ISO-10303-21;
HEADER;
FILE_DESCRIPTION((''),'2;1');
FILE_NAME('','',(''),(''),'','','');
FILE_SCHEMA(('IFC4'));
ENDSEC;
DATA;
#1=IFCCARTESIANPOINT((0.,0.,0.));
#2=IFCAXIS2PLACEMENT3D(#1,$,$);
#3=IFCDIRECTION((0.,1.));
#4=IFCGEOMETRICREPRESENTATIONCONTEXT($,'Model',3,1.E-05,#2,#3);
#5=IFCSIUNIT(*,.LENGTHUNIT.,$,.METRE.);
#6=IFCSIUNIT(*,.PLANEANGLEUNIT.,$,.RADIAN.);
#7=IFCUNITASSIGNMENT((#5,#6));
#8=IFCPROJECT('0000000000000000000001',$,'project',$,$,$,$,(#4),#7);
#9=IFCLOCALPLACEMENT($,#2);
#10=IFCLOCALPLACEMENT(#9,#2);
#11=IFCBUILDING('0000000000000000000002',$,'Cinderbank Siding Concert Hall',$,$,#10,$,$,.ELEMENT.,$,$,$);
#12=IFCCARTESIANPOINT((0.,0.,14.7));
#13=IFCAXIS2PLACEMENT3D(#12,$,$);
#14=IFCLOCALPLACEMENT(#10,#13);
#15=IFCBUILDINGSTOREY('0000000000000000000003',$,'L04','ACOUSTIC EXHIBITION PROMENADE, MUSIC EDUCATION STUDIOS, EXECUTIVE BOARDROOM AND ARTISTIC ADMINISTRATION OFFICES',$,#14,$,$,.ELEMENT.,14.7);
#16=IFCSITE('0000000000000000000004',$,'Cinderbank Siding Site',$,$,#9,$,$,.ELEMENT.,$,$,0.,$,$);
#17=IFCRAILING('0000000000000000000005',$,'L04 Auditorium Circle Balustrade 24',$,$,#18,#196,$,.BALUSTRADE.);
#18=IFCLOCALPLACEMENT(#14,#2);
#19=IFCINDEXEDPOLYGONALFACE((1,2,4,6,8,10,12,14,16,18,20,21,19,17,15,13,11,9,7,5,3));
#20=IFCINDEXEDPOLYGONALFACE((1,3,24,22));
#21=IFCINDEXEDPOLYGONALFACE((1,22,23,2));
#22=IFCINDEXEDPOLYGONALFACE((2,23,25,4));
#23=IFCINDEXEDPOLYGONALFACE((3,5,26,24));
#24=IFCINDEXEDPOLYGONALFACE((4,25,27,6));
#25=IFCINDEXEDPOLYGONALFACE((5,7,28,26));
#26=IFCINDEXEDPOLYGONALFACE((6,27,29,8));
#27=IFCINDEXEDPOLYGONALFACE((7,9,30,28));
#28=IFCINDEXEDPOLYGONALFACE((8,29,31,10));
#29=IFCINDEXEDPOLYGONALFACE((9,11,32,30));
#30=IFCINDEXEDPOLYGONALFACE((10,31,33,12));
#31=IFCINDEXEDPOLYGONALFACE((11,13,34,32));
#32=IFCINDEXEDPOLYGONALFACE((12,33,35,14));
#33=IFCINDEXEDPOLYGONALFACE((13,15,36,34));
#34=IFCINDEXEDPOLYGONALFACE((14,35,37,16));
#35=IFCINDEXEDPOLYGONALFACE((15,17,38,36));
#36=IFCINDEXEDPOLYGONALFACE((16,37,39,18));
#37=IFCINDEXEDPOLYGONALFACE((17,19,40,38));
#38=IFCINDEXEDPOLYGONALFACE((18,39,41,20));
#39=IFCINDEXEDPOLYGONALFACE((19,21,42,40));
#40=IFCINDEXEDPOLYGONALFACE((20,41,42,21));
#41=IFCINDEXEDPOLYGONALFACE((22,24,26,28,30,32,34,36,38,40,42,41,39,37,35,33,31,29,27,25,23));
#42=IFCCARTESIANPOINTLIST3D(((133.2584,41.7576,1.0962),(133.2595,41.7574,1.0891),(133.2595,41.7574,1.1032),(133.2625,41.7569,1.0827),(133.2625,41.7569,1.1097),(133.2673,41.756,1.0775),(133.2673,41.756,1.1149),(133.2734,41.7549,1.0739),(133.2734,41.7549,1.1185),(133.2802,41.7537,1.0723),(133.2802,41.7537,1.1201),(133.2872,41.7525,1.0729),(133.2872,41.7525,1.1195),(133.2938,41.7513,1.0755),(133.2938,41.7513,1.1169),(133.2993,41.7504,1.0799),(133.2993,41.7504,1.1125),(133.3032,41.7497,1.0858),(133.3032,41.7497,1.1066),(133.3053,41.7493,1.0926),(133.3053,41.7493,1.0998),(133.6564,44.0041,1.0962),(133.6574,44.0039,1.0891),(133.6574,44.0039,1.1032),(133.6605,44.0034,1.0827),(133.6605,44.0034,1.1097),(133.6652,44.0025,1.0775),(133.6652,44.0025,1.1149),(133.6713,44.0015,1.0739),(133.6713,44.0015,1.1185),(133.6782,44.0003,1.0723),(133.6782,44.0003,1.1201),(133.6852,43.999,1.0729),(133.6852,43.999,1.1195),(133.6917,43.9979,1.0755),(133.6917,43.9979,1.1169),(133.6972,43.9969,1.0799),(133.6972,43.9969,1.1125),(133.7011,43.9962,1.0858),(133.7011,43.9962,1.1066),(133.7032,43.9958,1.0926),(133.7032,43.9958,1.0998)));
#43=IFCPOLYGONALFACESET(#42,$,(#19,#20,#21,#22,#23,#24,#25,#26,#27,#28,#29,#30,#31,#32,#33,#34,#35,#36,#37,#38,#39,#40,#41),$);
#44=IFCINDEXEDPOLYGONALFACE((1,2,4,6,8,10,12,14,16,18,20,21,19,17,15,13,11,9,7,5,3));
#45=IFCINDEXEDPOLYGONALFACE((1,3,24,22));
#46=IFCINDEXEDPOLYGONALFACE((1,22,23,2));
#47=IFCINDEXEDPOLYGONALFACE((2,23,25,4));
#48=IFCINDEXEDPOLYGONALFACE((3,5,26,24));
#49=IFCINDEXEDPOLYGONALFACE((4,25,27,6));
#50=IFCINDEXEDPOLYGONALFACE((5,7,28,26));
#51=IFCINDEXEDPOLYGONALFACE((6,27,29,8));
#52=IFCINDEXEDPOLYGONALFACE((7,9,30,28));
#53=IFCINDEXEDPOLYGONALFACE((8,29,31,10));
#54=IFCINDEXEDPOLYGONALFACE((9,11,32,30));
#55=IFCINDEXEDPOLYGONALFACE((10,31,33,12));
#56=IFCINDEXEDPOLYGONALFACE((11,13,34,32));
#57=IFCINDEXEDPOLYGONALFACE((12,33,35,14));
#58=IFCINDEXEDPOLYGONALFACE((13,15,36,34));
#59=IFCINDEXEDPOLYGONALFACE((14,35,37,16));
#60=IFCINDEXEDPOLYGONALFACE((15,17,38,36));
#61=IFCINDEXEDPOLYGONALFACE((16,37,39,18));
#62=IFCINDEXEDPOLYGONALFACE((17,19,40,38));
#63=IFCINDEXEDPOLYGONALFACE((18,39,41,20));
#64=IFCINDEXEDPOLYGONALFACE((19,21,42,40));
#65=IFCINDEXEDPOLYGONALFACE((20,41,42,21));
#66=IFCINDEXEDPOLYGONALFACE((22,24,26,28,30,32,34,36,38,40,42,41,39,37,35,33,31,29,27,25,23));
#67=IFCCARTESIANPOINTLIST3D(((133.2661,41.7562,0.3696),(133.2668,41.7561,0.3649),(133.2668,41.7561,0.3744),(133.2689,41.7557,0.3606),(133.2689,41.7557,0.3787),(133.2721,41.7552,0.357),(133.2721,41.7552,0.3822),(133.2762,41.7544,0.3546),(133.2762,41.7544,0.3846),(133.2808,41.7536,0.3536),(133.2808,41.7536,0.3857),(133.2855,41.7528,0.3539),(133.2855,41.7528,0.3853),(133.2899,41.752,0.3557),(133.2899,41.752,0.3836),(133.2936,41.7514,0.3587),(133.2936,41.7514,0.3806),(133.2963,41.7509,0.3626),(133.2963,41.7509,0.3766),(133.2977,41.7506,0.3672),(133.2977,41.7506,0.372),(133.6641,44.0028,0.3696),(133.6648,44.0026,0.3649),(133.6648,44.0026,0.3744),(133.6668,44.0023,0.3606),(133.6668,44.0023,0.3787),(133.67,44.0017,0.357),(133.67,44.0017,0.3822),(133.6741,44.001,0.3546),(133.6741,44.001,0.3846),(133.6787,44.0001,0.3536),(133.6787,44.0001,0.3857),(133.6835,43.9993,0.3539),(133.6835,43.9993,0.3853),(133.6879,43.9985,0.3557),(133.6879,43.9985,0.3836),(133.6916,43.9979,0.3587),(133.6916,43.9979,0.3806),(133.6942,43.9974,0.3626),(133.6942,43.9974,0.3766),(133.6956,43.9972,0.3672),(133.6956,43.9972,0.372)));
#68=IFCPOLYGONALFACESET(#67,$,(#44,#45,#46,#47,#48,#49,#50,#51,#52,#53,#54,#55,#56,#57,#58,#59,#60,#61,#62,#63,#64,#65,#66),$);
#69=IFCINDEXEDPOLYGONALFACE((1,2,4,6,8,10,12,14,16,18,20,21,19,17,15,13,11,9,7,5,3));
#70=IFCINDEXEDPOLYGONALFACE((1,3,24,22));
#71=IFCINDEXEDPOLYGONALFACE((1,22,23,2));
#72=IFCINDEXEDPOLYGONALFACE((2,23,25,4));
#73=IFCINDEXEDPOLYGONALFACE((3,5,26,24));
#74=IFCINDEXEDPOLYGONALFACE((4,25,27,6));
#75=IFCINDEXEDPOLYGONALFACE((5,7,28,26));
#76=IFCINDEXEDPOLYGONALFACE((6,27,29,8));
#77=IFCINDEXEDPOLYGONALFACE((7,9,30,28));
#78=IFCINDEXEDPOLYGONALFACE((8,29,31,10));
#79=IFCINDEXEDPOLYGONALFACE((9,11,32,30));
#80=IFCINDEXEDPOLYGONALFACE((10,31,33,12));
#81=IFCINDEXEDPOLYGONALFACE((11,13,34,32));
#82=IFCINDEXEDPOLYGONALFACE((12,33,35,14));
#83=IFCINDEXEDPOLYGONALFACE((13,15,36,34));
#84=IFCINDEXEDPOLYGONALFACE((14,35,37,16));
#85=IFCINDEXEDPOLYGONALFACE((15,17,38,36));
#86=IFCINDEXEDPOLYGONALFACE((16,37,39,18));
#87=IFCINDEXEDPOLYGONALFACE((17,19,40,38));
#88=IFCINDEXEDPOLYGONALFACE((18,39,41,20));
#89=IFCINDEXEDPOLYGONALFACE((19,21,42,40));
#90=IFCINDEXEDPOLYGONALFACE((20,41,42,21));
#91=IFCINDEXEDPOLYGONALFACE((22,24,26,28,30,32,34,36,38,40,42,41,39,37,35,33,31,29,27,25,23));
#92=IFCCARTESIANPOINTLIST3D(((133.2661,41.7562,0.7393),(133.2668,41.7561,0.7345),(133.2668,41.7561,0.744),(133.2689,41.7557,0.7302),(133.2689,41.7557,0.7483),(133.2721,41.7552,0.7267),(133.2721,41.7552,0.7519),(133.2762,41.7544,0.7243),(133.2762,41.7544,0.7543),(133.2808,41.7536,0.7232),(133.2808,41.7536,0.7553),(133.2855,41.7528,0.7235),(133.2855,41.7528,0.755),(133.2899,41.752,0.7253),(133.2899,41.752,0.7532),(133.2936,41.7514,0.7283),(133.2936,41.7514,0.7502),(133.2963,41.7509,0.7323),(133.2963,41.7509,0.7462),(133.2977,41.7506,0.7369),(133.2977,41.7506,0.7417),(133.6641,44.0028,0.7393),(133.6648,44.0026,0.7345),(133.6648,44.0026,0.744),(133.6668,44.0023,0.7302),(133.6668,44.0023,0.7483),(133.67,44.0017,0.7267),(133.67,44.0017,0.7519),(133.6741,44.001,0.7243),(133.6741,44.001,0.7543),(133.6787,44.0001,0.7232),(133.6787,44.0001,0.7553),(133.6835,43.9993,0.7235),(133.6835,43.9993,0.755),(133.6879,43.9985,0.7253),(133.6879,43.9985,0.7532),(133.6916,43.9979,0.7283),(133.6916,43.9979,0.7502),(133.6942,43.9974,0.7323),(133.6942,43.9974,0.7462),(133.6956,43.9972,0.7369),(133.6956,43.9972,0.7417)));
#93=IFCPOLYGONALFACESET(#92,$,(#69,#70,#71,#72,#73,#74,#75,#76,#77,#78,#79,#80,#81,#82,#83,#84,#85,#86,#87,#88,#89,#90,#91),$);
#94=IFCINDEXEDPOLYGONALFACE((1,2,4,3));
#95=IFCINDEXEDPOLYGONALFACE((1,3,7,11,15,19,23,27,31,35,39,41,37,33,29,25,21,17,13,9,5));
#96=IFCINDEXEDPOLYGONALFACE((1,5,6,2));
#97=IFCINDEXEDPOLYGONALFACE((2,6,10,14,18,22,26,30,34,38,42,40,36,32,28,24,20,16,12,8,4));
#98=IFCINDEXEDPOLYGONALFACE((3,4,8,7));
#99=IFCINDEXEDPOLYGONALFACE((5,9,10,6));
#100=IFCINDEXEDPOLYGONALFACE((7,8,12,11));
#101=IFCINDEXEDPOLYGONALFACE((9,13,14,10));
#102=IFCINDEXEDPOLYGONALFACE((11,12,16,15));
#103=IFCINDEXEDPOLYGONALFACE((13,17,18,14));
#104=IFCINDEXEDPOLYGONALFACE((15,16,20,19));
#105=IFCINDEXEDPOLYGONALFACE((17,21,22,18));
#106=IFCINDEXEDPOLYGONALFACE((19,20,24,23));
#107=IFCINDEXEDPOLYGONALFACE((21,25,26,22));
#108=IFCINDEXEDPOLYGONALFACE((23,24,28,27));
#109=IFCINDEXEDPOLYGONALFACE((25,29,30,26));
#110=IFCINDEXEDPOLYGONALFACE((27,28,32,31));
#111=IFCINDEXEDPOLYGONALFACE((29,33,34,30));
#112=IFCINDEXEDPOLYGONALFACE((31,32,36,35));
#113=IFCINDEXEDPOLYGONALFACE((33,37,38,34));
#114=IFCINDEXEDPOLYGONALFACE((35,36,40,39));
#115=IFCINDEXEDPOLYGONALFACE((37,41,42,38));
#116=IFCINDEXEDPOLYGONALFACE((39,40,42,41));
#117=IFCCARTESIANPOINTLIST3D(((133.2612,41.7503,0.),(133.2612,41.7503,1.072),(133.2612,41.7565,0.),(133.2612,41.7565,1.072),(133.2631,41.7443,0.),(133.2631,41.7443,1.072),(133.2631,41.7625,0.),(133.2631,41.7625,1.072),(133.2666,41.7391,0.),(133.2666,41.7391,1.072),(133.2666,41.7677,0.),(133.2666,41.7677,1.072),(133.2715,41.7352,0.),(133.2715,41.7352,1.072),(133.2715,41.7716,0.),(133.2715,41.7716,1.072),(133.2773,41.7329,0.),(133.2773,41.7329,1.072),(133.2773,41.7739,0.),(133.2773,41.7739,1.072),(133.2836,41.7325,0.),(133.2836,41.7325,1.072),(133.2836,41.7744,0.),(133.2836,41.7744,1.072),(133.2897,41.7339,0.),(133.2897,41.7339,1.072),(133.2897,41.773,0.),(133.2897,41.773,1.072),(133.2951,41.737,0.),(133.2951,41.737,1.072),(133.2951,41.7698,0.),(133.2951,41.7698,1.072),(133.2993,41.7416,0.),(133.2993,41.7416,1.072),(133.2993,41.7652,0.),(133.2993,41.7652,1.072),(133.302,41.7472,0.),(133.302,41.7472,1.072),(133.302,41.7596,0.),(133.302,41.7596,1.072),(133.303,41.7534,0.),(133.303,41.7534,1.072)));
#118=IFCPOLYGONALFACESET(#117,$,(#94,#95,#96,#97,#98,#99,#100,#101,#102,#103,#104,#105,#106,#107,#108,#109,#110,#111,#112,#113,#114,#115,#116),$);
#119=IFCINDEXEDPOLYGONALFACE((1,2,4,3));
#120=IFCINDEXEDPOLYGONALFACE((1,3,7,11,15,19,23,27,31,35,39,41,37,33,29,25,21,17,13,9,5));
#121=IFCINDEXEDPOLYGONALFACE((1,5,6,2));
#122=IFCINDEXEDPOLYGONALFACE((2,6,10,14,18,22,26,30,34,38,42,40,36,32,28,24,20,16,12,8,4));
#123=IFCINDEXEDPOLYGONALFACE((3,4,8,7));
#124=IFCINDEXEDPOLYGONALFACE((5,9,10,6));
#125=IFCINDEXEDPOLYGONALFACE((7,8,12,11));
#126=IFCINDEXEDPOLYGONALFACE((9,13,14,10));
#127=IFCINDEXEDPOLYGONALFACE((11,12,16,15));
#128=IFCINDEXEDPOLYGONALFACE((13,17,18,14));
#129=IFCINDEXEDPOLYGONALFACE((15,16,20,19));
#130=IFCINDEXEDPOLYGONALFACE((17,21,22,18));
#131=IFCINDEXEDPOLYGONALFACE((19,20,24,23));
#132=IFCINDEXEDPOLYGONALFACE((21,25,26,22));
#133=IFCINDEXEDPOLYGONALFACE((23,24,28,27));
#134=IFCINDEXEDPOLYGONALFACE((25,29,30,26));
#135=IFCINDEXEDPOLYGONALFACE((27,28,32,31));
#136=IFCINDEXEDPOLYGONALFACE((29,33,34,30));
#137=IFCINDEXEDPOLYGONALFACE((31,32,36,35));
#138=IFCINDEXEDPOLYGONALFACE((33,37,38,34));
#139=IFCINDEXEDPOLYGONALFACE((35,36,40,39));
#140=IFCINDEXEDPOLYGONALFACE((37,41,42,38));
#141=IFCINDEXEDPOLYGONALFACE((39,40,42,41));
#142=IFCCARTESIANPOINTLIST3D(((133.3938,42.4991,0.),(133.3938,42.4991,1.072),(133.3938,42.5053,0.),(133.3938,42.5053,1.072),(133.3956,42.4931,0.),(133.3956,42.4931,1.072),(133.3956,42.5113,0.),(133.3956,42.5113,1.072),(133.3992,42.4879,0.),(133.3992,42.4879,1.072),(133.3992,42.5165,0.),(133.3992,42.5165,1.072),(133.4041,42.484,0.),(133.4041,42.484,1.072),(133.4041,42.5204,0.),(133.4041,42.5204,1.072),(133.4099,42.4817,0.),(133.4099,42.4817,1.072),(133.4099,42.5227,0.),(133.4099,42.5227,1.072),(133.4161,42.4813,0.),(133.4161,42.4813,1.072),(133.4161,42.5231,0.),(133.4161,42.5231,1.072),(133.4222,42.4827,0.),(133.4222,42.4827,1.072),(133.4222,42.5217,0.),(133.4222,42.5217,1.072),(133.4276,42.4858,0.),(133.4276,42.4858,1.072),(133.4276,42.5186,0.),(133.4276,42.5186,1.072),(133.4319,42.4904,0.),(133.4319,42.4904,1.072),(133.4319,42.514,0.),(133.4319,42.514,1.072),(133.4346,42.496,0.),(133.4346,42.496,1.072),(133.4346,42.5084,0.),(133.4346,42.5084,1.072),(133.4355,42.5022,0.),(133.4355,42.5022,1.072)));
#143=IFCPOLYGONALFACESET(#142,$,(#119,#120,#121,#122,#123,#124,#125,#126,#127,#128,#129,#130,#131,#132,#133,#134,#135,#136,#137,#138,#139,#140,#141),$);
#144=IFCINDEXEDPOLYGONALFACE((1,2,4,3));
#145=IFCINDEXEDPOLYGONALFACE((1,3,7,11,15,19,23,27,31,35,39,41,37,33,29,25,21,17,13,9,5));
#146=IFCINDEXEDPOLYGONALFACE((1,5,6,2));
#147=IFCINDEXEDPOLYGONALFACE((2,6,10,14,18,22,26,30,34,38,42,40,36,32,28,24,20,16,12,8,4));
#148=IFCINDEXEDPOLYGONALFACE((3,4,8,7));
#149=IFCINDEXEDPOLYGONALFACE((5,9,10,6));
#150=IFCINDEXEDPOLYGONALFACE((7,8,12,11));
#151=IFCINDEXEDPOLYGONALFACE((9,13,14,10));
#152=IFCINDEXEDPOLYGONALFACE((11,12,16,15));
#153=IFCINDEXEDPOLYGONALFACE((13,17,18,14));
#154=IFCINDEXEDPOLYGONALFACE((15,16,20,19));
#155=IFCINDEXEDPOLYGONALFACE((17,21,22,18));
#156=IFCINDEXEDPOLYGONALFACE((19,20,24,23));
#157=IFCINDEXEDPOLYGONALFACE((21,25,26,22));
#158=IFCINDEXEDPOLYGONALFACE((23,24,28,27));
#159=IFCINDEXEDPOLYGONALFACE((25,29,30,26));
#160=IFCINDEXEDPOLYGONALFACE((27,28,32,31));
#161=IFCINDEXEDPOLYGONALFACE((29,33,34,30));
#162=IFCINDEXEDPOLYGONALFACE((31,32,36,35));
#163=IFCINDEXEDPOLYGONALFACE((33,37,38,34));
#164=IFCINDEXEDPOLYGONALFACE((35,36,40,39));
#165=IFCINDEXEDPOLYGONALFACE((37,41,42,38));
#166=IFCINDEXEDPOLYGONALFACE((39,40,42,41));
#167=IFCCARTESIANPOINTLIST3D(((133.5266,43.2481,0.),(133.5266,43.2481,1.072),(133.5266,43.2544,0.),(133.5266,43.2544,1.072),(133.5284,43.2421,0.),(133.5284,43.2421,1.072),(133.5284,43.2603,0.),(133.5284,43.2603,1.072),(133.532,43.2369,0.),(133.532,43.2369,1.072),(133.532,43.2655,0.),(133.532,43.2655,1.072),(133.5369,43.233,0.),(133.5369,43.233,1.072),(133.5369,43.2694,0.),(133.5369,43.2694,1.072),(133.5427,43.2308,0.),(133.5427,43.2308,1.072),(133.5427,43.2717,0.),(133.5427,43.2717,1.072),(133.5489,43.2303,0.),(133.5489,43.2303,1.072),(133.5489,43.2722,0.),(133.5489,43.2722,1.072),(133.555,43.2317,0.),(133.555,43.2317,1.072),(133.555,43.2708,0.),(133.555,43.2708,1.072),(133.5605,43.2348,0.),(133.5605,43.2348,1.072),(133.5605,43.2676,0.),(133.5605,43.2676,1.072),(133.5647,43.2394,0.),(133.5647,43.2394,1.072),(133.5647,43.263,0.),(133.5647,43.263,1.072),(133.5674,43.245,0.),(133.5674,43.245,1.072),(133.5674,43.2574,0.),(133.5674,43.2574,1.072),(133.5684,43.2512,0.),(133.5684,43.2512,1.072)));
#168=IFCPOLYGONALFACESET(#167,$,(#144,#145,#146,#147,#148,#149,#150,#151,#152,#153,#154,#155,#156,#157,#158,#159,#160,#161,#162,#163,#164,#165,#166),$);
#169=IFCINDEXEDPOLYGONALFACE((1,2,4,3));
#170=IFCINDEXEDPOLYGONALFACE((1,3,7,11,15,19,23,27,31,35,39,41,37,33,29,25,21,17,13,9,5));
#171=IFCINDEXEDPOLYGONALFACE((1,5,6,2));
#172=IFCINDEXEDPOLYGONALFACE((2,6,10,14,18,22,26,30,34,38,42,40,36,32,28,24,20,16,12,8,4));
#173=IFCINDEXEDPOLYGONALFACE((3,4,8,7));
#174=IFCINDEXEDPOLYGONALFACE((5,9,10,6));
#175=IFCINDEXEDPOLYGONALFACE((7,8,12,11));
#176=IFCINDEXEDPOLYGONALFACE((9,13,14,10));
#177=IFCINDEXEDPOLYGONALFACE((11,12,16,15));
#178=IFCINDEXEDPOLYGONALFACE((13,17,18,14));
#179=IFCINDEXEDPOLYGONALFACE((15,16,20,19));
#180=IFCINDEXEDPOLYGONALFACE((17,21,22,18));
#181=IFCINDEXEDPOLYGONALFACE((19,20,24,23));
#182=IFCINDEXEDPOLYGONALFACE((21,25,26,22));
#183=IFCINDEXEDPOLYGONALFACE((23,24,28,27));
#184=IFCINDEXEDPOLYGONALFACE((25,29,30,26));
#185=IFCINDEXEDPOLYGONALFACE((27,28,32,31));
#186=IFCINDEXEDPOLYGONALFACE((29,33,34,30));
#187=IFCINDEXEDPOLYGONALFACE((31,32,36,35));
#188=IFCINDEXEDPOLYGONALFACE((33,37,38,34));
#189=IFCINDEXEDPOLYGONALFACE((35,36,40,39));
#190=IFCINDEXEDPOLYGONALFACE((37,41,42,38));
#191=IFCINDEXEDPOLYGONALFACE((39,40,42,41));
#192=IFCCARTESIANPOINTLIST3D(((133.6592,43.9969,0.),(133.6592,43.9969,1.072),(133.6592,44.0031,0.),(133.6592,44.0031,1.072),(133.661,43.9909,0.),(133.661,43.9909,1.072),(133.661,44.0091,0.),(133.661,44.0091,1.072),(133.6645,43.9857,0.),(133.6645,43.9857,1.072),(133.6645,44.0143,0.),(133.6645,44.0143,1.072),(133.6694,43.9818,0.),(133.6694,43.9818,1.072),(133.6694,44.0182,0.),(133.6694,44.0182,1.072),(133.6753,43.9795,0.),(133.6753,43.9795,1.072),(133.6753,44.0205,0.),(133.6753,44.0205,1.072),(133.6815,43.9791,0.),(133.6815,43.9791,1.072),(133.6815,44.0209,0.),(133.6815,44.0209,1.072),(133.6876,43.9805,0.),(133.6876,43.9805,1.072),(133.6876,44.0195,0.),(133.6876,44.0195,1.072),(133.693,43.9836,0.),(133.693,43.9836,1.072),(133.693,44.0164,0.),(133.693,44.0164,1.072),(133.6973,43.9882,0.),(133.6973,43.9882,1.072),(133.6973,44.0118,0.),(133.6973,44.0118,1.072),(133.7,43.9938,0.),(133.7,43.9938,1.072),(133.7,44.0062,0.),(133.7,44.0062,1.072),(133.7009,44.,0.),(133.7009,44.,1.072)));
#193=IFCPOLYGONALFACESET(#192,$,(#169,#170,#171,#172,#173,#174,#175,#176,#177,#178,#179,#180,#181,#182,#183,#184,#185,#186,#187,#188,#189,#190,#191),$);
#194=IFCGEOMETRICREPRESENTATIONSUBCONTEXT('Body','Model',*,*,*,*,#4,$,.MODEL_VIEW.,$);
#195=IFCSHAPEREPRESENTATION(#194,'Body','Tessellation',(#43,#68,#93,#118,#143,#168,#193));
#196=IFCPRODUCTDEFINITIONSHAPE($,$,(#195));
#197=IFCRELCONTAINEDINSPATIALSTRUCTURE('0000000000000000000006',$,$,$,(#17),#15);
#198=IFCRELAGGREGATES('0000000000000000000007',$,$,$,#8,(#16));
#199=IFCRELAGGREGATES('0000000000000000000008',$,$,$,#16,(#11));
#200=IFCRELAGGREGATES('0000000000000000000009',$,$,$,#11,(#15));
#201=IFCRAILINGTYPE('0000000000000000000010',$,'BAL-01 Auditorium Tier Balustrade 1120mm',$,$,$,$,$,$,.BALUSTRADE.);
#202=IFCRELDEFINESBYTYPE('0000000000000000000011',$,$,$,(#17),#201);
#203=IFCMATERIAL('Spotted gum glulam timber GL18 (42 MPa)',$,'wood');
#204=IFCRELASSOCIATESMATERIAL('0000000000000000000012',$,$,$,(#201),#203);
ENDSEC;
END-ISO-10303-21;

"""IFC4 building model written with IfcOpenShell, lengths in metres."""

from ifc_helpers import new_model, si_unit, direction, frame, origin, origin_2d, place, context, subcontext, project, spatial, circle, extrude, material, type_object, element, save


model = new_model("IFC4")

# Units and contexts
model_context = context("Model", 3, precision=1e-05, world=origin(), true_north=direction((0.0, 1.0)))
body_context = subcontext(model_context, "Body", "Model", "MODEL_VIEW")
ifc_project = project(units=[si_unit("LENGTHUNIT", "METRE"), si_unit("PLANEANGLEUNIT", "RADIAN")], contexts=[model_context])

# Site, building, storey
site_placement = place(None, origin())
site = spatial("IfcSite", under=ifc_project, at=site_placement, Name="Cinderbank Siding Site", CompositionType="ELEMENT", RefElevation=0.0)
building_placement = place(site_placement, origin())
building = spatial("IfcBuilding", under=site, at=building_placement, Name="Cinderbank Siding Concert Hall", CompositionType="ELEMENT")
storey_placement = place(building_placement, frame((0.0, 0.0, 14.7)))
storey = spatial("IfcBuildingStorey", under=building, at=storey_placement, Name="L04", Description="ACOUSTIC EXHIBITION PROMENADE, MUSIC EDUCATION STUDIOS, EXECUTIVE BOARDROOM AND ARTISTIC ADMINISTRATION OFFICES", CompositionType="ELEMENT", Elevation=14.7)

# Shared definitions
ifc_material_1 = material(Name="Spotted gum glulam timber GL18 (42 MPa)", Category="wood")

# Railing
railing_type = type_object("IfcRailingType", Name="BAL-01 Auditorium Tier Balustrade 1120mm", PredefinedType="BALUSTRADE", material=ifc_material_1)
railing_1_placement = place(storey_placement, frame((133.282, 41.7534, 0.0)))
element("IfcRailing", 1, at=railing_1_placement, inside=storey, type_object=railing_type, Name="L04 Auditorium Circle Balustrade 24", PredefinedType="BALUSTRADE", context=body_context, shape_type="SweptSolid", body=[
    extrude(circle(Radius=0.0239, at=origin_2d()), frame((0.0, 0.0, 1.0962), z_axis=(0.17442, 0.984671, 0.0), x_axis=(-0.984671, 0.17442, 0.0)), (0.0, 0.0, 1.0), 2.2815),
    extrude(circle(Radius=0.0161, at=origin_2d()), frame((0.0, 0.0, 0.3696), z_axis=(0.17442, 0.984671, 0.0), x_axis=(-0.984671, 0.17442, 0.0)), (0.0, 0.0, 1.0), 2.2815),
    extrude(circle(Radius=0.0161, at=origin_2d()), frame((0.0, 0.0, 0.7393), z_axis=(0.17442, 0.984671, 0.0), x_axis=(-0.984671, 0.17442, 0.0)), (0.0, 0.0, 1.0), 2.2815),
    extrude(circle(Radius=0.021, at=origin_2d()), origin(), (0.0, 0.0, 1.0), 1.072),
    extrude(circle(Radius=0.021, at=origin_2d()), frame((0.1326, 0.7488, 0.0)), (0.0, 0.0, 1.0), 1.072),
    extrude(circle(Radius=0.021, at=origin_2d()), frame((0.2654, 1.4978, 0.0)), (0.0, 0.0, 1.0), 1.072),
    extrude(circle(Radius=0.021, at=origin_2d()), frame((0.3979, 2.2466, 0.0)), (0.0, 0.0, 1.0), 1.072),
])

save(model, "model.ifc")
